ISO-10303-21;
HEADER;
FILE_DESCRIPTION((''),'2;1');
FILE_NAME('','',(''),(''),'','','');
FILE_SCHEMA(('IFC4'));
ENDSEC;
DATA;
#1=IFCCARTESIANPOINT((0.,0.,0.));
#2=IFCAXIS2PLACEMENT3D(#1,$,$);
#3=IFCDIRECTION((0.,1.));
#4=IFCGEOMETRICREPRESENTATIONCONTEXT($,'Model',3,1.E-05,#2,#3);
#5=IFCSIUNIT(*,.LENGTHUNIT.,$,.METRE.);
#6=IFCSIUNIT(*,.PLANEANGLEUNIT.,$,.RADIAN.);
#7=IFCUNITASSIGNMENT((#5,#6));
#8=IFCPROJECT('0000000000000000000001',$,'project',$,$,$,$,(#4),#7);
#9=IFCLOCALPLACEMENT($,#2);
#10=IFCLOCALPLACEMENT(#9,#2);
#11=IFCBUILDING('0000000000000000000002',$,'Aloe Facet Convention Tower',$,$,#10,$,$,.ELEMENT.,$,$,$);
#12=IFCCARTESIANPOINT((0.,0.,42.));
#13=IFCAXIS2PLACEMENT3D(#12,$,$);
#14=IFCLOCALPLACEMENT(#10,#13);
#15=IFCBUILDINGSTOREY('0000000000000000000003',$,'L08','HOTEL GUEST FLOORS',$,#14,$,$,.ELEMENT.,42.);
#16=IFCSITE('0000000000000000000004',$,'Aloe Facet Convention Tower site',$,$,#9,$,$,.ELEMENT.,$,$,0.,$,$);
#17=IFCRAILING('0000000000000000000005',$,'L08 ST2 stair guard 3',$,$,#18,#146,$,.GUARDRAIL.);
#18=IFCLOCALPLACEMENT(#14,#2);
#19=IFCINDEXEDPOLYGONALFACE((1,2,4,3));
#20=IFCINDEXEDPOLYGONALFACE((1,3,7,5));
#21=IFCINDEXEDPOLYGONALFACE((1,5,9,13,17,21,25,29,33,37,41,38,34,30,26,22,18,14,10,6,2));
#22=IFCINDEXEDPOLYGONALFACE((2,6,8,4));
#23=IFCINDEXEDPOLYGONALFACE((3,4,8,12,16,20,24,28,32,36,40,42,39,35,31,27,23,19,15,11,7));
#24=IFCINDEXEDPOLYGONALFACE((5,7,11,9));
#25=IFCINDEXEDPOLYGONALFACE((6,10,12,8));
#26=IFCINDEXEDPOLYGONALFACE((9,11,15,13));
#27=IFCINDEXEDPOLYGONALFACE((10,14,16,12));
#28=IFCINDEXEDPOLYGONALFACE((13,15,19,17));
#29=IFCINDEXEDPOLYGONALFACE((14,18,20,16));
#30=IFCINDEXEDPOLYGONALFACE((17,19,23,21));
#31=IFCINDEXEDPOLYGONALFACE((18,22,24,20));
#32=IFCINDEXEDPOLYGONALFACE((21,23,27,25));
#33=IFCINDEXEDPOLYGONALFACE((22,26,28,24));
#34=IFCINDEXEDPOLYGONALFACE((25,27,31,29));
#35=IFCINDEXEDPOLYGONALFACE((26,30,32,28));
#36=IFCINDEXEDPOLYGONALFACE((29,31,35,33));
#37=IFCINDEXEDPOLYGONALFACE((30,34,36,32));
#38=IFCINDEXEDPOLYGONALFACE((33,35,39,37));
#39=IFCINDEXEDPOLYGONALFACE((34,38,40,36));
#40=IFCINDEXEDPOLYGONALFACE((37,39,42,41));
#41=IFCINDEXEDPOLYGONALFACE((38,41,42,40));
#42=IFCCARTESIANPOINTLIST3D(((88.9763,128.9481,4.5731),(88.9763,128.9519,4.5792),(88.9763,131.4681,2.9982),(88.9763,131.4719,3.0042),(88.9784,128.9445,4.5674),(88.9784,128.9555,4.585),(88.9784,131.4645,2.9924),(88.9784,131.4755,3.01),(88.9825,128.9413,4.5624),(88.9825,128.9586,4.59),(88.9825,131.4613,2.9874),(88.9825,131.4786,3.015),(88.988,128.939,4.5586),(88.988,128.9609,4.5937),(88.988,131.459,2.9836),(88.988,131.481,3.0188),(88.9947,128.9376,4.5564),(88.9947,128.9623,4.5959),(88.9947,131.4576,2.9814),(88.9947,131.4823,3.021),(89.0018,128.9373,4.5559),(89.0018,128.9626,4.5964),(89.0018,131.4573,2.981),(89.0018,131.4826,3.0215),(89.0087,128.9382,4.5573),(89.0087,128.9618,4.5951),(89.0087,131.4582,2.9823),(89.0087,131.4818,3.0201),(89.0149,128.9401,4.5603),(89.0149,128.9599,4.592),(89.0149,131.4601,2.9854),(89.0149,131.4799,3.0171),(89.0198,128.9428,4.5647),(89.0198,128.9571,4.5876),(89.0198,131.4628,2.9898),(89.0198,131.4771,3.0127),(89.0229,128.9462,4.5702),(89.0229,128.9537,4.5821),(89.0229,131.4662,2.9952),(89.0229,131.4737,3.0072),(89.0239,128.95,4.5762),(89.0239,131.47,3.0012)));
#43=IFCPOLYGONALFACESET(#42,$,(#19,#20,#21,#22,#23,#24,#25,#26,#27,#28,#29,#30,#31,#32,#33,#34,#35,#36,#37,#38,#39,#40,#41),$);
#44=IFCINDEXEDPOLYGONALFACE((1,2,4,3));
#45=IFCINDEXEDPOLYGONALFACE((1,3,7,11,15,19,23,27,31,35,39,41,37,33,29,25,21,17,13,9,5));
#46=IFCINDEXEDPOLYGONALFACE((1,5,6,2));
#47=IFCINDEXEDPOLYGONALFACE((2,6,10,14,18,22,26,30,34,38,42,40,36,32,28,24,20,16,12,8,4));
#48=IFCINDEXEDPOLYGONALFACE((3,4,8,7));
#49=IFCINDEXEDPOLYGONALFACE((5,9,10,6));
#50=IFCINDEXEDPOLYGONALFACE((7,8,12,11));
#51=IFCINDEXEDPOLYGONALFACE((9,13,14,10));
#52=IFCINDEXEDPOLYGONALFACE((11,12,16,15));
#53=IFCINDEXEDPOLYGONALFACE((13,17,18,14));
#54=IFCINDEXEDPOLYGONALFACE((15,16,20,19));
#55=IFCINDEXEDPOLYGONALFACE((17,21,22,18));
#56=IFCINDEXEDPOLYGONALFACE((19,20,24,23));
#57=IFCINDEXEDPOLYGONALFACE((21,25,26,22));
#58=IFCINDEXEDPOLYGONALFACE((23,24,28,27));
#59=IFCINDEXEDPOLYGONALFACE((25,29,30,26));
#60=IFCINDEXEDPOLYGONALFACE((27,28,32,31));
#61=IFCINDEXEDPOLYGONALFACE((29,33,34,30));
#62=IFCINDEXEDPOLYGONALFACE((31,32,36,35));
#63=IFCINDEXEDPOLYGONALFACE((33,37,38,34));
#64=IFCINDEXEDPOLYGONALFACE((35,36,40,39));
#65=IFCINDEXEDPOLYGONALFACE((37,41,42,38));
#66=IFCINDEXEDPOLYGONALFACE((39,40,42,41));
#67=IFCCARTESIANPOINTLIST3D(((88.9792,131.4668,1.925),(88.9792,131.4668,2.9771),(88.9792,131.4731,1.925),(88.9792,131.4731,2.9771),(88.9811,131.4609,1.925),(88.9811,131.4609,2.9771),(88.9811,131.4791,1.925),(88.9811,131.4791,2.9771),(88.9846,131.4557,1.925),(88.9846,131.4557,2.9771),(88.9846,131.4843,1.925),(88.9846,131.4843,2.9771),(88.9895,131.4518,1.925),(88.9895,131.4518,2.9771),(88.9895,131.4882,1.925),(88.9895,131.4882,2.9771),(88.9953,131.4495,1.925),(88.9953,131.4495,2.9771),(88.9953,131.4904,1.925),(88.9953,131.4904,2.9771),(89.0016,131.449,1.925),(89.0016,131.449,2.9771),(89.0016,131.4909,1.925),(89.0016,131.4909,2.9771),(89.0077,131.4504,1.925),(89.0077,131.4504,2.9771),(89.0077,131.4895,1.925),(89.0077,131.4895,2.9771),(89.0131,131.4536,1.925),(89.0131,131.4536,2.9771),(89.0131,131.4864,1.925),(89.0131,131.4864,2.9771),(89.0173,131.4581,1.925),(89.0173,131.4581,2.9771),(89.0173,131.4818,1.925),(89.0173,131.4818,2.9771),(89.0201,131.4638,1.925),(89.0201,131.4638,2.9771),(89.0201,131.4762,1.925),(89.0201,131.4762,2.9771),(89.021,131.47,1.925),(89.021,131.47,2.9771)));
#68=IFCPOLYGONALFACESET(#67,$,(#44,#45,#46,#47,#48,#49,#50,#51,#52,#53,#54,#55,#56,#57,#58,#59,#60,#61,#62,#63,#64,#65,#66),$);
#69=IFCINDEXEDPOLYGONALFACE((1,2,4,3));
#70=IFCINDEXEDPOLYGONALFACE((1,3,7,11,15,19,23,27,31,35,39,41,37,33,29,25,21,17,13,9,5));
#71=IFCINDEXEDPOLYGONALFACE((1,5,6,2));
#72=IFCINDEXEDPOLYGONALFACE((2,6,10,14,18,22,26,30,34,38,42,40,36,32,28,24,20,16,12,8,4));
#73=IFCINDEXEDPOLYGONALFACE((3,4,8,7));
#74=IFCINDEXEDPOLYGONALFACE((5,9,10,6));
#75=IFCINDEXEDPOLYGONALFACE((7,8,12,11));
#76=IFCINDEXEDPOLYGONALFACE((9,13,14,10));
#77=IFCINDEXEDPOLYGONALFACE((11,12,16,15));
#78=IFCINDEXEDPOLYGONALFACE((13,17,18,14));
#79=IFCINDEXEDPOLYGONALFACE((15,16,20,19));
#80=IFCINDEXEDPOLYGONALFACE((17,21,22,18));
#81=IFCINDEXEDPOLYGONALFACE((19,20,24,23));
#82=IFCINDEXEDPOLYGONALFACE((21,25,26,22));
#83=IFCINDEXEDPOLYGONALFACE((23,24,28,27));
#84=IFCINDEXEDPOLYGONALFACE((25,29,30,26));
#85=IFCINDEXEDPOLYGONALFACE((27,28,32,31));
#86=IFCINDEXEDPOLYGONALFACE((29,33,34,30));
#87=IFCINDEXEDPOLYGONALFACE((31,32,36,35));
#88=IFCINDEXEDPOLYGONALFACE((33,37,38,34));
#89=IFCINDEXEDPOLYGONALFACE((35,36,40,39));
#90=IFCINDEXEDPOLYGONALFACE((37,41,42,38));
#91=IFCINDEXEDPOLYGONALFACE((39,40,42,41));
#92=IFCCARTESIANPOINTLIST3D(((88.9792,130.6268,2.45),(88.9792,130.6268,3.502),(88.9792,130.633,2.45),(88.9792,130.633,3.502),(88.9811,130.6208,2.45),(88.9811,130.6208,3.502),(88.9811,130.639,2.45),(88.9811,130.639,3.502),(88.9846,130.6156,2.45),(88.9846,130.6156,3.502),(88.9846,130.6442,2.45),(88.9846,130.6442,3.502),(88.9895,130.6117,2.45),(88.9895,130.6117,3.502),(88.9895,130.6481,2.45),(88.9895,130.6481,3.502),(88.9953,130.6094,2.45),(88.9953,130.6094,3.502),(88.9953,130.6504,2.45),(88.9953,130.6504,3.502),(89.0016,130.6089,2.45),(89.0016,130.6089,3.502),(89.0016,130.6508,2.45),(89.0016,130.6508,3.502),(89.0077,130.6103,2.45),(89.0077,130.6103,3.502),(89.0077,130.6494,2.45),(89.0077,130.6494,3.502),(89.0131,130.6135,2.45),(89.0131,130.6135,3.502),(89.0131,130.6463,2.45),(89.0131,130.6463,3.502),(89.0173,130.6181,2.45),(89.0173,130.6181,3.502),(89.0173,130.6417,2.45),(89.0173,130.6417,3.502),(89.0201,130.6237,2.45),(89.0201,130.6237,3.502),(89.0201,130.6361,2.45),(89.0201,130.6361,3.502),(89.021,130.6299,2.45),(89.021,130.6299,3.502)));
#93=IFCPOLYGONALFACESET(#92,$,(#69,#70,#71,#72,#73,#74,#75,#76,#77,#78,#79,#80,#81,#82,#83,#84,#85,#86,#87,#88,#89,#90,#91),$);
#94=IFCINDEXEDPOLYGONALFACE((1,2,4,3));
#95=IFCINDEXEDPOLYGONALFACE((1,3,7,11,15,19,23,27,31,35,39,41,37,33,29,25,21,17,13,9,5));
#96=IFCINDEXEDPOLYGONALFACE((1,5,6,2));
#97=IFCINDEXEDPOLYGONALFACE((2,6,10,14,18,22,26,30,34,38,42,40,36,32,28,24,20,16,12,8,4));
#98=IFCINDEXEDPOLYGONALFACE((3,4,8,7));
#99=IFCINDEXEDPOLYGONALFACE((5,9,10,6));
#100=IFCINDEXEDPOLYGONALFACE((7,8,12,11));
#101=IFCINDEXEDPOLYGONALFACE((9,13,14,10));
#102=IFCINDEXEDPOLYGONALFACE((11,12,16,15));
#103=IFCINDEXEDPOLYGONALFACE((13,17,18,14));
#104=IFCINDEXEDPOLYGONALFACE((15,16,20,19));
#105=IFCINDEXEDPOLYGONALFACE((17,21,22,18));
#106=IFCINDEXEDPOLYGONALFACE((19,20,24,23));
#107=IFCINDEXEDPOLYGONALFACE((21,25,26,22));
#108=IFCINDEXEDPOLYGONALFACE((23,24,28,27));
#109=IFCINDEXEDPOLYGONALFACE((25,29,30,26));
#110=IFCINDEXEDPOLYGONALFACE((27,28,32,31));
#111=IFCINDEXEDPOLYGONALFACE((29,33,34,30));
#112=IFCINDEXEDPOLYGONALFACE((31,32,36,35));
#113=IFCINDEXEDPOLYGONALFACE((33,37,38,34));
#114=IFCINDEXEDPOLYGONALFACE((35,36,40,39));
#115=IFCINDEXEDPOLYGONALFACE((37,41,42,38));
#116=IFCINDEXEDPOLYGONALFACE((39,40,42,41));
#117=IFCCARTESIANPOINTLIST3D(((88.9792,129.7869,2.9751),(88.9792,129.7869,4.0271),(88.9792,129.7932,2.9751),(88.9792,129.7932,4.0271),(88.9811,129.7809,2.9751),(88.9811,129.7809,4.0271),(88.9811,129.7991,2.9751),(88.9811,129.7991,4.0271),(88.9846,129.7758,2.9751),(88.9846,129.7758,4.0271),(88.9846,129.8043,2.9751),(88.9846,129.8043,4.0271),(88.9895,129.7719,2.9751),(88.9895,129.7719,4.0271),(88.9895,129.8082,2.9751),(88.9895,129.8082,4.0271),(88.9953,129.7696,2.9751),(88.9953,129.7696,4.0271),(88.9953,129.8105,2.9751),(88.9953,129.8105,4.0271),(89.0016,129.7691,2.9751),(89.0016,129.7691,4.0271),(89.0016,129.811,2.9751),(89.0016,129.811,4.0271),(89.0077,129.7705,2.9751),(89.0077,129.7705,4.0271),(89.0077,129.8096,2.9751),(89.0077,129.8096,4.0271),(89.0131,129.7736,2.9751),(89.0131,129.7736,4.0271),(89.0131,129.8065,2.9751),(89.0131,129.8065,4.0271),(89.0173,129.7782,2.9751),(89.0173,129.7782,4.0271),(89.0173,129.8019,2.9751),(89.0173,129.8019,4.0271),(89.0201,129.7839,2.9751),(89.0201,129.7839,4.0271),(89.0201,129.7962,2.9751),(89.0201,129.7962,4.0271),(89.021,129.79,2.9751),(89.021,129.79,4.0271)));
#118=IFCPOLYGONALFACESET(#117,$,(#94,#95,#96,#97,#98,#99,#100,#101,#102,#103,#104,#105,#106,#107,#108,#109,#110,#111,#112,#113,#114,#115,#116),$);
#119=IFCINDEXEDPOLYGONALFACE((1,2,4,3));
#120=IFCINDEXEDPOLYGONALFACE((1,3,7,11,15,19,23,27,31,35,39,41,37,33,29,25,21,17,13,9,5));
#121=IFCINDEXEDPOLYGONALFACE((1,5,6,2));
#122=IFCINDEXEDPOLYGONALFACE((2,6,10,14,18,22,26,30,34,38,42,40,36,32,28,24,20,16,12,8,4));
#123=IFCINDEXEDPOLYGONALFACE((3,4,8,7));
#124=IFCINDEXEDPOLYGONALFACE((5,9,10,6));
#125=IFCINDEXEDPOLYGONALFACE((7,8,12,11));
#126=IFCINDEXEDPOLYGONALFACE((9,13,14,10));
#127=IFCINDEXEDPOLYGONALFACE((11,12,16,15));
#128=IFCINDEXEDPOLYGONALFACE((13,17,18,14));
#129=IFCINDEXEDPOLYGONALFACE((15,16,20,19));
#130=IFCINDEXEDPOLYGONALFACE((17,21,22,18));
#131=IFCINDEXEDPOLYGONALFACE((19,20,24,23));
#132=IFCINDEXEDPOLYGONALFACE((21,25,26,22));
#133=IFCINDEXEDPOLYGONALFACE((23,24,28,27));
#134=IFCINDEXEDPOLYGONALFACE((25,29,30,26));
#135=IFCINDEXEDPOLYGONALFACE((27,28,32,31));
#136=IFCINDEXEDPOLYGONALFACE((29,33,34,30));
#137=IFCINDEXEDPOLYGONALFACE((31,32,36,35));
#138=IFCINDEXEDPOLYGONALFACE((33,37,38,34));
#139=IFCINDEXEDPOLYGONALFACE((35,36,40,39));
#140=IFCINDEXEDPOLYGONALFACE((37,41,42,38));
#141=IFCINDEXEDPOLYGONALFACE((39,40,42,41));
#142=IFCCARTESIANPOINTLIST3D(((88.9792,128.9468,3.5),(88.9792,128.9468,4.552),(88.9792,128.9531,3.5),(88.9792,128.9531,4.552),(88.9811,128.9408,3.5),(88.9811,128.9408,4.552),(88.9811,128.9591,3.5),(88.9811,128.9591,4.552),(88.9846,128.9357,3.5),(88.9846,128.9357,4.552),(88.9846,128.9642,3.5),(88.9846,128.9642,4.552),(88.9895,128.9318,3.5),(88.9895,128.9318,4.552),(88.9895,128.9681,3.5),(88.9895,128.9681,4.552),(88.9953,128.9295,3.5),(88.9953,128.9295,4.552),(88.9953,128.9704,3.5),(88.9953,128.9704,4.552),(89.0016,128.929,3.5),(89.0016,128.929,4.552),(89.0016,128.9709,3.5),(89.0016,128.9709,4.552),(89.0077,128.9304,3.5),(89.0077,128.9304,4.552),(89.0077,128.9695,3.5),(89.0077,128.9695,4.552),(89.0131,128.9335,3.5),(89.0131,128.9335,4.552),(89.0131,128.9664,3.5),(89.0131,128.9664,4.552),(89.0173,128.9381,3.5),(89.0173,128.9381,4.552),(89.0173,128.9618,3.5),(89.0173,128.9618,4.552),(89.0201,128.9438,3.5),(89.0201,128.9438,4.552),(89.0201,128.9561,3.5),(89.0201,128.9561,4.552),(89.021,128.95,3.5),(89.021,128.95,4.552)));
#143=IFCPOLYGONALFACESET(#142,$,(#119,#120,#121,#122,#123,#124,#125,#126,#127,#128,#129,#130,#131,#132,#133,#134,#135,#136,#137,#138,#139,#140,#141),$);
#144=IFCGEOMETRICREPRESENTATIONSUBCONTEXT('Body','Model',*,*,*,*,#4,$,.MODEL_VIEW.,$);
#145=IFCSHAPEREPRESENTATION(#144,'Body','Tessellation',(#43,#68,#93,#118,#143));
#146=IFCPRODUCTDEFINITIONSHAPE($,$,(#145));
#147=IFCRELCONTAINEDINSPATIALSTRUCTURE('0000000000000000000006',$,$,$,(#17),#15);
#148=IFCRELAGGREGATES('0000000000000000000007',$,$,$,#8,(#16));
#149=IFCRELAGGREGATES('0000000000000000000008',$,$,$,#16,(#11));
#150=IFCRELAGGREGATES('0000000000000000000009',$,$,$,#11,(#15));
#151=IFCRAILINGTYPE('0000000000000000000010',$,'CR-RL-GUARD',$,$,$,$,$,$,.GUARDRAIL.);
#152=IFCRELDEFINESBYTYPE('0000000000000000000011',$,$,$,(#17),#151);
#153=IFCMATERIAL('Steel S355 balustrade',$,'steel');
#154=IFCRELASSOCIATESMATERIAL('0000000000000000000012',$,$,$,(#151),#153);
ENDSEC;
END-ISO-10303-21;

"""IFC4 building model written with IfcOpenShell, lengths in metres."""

from ifc_helpers import new_model, si_unit, direction, frame, origin, origin_2d, place, context, subcontext, project, spatial, circle, extrude, material, type_object, element, save


model = new_model("IFC4")

# Units and contexts
model_context = context("Model", 3, precision=1e-05, world=origin(), true_north=direction((0.0, 1.0)))
body_context = subcontext(model_context, "Body", "Model", "MODEL_VIEW")
ifc_project = project(units=[si_unit("LENGTHUNIT", "METRE"), si_unit("PLANEANGLEUNIT", "RADIAN")], contexts=[model_context])

# Site, building, storey
site_placement = place(None, origin())
site = spatial("IfcSite", under=ifc_project, at=site_placement, Name="Aloe Facet Convention Tower site", CompositionType="ELEMENT", RefElevation=0.0)
building_placement = place(site_placement, origin())
building = spatial("IfcBuilding", under=site, at=building_placement, Name="Aloe Facet Convention Tower", CompositionType="ELEMENT")
storey_placement = place(building_placement, frame((0.0, 0.0, 42.0)))
storey = spatial("IfcBuildingStorey", under=building, at=storey_placement, Name="L08", Description="HOTEL GUEST FLOORS", CompositionType="ELEMENT", Elevation=42.0)

# Railing
ifc_material_1 = material(Name="Steel S355 balustrade", Category="steel")
railing_type_1 = type_object("IfcRailingType", Name="CR-RL-GUARD", PredefinedType="GUARDRAIL", material=ifc_material_1)
railing_1_placement = place(storey_placement, frame((89.0, 131.47, 1.925)))
element("IfcRailing", 1, at=railing_1_placement, inside=storey, type_object=railing_type_1, Name="L08 ST2 stair guard 3", PredefinedType="GUARDRAIL", context=body_context, shape_type="SweptSolid", body=[
    extrude(circle(Radius=0.0239, at=origin_2d()), frame((0.0, 0.0, 1.0762), z_axis=(0.0, -0.848008, 0.529984), x_axis=(1.0, 0.0, 0.0)), (0.0, 0.0, 1.0), 2.9717),
    extrude(circle(Radius=0.021, at=origin_2d()), origin(), (0.0, 0.0, 1.0), 1.052),
    extrude(circle(Radius=0.021, at=origin_2d()), frame((0.0, -0.8401, 0.5249)), (0.0, 0.0, 1.0), 1.052),
    extrude(circle(Radius=0.021, at=origin_2d()), frame((0.0, -1.6799, 1.05)), (0.0, 0.0, 1.0), 1.052),
    extrude(circle(Radius=0.021, at=origin_2d()), frame((0.0, -2.52, 1.575)), (0.0, 0.0, 1.0), 1.052),
])

save(model, "model.ifc")
